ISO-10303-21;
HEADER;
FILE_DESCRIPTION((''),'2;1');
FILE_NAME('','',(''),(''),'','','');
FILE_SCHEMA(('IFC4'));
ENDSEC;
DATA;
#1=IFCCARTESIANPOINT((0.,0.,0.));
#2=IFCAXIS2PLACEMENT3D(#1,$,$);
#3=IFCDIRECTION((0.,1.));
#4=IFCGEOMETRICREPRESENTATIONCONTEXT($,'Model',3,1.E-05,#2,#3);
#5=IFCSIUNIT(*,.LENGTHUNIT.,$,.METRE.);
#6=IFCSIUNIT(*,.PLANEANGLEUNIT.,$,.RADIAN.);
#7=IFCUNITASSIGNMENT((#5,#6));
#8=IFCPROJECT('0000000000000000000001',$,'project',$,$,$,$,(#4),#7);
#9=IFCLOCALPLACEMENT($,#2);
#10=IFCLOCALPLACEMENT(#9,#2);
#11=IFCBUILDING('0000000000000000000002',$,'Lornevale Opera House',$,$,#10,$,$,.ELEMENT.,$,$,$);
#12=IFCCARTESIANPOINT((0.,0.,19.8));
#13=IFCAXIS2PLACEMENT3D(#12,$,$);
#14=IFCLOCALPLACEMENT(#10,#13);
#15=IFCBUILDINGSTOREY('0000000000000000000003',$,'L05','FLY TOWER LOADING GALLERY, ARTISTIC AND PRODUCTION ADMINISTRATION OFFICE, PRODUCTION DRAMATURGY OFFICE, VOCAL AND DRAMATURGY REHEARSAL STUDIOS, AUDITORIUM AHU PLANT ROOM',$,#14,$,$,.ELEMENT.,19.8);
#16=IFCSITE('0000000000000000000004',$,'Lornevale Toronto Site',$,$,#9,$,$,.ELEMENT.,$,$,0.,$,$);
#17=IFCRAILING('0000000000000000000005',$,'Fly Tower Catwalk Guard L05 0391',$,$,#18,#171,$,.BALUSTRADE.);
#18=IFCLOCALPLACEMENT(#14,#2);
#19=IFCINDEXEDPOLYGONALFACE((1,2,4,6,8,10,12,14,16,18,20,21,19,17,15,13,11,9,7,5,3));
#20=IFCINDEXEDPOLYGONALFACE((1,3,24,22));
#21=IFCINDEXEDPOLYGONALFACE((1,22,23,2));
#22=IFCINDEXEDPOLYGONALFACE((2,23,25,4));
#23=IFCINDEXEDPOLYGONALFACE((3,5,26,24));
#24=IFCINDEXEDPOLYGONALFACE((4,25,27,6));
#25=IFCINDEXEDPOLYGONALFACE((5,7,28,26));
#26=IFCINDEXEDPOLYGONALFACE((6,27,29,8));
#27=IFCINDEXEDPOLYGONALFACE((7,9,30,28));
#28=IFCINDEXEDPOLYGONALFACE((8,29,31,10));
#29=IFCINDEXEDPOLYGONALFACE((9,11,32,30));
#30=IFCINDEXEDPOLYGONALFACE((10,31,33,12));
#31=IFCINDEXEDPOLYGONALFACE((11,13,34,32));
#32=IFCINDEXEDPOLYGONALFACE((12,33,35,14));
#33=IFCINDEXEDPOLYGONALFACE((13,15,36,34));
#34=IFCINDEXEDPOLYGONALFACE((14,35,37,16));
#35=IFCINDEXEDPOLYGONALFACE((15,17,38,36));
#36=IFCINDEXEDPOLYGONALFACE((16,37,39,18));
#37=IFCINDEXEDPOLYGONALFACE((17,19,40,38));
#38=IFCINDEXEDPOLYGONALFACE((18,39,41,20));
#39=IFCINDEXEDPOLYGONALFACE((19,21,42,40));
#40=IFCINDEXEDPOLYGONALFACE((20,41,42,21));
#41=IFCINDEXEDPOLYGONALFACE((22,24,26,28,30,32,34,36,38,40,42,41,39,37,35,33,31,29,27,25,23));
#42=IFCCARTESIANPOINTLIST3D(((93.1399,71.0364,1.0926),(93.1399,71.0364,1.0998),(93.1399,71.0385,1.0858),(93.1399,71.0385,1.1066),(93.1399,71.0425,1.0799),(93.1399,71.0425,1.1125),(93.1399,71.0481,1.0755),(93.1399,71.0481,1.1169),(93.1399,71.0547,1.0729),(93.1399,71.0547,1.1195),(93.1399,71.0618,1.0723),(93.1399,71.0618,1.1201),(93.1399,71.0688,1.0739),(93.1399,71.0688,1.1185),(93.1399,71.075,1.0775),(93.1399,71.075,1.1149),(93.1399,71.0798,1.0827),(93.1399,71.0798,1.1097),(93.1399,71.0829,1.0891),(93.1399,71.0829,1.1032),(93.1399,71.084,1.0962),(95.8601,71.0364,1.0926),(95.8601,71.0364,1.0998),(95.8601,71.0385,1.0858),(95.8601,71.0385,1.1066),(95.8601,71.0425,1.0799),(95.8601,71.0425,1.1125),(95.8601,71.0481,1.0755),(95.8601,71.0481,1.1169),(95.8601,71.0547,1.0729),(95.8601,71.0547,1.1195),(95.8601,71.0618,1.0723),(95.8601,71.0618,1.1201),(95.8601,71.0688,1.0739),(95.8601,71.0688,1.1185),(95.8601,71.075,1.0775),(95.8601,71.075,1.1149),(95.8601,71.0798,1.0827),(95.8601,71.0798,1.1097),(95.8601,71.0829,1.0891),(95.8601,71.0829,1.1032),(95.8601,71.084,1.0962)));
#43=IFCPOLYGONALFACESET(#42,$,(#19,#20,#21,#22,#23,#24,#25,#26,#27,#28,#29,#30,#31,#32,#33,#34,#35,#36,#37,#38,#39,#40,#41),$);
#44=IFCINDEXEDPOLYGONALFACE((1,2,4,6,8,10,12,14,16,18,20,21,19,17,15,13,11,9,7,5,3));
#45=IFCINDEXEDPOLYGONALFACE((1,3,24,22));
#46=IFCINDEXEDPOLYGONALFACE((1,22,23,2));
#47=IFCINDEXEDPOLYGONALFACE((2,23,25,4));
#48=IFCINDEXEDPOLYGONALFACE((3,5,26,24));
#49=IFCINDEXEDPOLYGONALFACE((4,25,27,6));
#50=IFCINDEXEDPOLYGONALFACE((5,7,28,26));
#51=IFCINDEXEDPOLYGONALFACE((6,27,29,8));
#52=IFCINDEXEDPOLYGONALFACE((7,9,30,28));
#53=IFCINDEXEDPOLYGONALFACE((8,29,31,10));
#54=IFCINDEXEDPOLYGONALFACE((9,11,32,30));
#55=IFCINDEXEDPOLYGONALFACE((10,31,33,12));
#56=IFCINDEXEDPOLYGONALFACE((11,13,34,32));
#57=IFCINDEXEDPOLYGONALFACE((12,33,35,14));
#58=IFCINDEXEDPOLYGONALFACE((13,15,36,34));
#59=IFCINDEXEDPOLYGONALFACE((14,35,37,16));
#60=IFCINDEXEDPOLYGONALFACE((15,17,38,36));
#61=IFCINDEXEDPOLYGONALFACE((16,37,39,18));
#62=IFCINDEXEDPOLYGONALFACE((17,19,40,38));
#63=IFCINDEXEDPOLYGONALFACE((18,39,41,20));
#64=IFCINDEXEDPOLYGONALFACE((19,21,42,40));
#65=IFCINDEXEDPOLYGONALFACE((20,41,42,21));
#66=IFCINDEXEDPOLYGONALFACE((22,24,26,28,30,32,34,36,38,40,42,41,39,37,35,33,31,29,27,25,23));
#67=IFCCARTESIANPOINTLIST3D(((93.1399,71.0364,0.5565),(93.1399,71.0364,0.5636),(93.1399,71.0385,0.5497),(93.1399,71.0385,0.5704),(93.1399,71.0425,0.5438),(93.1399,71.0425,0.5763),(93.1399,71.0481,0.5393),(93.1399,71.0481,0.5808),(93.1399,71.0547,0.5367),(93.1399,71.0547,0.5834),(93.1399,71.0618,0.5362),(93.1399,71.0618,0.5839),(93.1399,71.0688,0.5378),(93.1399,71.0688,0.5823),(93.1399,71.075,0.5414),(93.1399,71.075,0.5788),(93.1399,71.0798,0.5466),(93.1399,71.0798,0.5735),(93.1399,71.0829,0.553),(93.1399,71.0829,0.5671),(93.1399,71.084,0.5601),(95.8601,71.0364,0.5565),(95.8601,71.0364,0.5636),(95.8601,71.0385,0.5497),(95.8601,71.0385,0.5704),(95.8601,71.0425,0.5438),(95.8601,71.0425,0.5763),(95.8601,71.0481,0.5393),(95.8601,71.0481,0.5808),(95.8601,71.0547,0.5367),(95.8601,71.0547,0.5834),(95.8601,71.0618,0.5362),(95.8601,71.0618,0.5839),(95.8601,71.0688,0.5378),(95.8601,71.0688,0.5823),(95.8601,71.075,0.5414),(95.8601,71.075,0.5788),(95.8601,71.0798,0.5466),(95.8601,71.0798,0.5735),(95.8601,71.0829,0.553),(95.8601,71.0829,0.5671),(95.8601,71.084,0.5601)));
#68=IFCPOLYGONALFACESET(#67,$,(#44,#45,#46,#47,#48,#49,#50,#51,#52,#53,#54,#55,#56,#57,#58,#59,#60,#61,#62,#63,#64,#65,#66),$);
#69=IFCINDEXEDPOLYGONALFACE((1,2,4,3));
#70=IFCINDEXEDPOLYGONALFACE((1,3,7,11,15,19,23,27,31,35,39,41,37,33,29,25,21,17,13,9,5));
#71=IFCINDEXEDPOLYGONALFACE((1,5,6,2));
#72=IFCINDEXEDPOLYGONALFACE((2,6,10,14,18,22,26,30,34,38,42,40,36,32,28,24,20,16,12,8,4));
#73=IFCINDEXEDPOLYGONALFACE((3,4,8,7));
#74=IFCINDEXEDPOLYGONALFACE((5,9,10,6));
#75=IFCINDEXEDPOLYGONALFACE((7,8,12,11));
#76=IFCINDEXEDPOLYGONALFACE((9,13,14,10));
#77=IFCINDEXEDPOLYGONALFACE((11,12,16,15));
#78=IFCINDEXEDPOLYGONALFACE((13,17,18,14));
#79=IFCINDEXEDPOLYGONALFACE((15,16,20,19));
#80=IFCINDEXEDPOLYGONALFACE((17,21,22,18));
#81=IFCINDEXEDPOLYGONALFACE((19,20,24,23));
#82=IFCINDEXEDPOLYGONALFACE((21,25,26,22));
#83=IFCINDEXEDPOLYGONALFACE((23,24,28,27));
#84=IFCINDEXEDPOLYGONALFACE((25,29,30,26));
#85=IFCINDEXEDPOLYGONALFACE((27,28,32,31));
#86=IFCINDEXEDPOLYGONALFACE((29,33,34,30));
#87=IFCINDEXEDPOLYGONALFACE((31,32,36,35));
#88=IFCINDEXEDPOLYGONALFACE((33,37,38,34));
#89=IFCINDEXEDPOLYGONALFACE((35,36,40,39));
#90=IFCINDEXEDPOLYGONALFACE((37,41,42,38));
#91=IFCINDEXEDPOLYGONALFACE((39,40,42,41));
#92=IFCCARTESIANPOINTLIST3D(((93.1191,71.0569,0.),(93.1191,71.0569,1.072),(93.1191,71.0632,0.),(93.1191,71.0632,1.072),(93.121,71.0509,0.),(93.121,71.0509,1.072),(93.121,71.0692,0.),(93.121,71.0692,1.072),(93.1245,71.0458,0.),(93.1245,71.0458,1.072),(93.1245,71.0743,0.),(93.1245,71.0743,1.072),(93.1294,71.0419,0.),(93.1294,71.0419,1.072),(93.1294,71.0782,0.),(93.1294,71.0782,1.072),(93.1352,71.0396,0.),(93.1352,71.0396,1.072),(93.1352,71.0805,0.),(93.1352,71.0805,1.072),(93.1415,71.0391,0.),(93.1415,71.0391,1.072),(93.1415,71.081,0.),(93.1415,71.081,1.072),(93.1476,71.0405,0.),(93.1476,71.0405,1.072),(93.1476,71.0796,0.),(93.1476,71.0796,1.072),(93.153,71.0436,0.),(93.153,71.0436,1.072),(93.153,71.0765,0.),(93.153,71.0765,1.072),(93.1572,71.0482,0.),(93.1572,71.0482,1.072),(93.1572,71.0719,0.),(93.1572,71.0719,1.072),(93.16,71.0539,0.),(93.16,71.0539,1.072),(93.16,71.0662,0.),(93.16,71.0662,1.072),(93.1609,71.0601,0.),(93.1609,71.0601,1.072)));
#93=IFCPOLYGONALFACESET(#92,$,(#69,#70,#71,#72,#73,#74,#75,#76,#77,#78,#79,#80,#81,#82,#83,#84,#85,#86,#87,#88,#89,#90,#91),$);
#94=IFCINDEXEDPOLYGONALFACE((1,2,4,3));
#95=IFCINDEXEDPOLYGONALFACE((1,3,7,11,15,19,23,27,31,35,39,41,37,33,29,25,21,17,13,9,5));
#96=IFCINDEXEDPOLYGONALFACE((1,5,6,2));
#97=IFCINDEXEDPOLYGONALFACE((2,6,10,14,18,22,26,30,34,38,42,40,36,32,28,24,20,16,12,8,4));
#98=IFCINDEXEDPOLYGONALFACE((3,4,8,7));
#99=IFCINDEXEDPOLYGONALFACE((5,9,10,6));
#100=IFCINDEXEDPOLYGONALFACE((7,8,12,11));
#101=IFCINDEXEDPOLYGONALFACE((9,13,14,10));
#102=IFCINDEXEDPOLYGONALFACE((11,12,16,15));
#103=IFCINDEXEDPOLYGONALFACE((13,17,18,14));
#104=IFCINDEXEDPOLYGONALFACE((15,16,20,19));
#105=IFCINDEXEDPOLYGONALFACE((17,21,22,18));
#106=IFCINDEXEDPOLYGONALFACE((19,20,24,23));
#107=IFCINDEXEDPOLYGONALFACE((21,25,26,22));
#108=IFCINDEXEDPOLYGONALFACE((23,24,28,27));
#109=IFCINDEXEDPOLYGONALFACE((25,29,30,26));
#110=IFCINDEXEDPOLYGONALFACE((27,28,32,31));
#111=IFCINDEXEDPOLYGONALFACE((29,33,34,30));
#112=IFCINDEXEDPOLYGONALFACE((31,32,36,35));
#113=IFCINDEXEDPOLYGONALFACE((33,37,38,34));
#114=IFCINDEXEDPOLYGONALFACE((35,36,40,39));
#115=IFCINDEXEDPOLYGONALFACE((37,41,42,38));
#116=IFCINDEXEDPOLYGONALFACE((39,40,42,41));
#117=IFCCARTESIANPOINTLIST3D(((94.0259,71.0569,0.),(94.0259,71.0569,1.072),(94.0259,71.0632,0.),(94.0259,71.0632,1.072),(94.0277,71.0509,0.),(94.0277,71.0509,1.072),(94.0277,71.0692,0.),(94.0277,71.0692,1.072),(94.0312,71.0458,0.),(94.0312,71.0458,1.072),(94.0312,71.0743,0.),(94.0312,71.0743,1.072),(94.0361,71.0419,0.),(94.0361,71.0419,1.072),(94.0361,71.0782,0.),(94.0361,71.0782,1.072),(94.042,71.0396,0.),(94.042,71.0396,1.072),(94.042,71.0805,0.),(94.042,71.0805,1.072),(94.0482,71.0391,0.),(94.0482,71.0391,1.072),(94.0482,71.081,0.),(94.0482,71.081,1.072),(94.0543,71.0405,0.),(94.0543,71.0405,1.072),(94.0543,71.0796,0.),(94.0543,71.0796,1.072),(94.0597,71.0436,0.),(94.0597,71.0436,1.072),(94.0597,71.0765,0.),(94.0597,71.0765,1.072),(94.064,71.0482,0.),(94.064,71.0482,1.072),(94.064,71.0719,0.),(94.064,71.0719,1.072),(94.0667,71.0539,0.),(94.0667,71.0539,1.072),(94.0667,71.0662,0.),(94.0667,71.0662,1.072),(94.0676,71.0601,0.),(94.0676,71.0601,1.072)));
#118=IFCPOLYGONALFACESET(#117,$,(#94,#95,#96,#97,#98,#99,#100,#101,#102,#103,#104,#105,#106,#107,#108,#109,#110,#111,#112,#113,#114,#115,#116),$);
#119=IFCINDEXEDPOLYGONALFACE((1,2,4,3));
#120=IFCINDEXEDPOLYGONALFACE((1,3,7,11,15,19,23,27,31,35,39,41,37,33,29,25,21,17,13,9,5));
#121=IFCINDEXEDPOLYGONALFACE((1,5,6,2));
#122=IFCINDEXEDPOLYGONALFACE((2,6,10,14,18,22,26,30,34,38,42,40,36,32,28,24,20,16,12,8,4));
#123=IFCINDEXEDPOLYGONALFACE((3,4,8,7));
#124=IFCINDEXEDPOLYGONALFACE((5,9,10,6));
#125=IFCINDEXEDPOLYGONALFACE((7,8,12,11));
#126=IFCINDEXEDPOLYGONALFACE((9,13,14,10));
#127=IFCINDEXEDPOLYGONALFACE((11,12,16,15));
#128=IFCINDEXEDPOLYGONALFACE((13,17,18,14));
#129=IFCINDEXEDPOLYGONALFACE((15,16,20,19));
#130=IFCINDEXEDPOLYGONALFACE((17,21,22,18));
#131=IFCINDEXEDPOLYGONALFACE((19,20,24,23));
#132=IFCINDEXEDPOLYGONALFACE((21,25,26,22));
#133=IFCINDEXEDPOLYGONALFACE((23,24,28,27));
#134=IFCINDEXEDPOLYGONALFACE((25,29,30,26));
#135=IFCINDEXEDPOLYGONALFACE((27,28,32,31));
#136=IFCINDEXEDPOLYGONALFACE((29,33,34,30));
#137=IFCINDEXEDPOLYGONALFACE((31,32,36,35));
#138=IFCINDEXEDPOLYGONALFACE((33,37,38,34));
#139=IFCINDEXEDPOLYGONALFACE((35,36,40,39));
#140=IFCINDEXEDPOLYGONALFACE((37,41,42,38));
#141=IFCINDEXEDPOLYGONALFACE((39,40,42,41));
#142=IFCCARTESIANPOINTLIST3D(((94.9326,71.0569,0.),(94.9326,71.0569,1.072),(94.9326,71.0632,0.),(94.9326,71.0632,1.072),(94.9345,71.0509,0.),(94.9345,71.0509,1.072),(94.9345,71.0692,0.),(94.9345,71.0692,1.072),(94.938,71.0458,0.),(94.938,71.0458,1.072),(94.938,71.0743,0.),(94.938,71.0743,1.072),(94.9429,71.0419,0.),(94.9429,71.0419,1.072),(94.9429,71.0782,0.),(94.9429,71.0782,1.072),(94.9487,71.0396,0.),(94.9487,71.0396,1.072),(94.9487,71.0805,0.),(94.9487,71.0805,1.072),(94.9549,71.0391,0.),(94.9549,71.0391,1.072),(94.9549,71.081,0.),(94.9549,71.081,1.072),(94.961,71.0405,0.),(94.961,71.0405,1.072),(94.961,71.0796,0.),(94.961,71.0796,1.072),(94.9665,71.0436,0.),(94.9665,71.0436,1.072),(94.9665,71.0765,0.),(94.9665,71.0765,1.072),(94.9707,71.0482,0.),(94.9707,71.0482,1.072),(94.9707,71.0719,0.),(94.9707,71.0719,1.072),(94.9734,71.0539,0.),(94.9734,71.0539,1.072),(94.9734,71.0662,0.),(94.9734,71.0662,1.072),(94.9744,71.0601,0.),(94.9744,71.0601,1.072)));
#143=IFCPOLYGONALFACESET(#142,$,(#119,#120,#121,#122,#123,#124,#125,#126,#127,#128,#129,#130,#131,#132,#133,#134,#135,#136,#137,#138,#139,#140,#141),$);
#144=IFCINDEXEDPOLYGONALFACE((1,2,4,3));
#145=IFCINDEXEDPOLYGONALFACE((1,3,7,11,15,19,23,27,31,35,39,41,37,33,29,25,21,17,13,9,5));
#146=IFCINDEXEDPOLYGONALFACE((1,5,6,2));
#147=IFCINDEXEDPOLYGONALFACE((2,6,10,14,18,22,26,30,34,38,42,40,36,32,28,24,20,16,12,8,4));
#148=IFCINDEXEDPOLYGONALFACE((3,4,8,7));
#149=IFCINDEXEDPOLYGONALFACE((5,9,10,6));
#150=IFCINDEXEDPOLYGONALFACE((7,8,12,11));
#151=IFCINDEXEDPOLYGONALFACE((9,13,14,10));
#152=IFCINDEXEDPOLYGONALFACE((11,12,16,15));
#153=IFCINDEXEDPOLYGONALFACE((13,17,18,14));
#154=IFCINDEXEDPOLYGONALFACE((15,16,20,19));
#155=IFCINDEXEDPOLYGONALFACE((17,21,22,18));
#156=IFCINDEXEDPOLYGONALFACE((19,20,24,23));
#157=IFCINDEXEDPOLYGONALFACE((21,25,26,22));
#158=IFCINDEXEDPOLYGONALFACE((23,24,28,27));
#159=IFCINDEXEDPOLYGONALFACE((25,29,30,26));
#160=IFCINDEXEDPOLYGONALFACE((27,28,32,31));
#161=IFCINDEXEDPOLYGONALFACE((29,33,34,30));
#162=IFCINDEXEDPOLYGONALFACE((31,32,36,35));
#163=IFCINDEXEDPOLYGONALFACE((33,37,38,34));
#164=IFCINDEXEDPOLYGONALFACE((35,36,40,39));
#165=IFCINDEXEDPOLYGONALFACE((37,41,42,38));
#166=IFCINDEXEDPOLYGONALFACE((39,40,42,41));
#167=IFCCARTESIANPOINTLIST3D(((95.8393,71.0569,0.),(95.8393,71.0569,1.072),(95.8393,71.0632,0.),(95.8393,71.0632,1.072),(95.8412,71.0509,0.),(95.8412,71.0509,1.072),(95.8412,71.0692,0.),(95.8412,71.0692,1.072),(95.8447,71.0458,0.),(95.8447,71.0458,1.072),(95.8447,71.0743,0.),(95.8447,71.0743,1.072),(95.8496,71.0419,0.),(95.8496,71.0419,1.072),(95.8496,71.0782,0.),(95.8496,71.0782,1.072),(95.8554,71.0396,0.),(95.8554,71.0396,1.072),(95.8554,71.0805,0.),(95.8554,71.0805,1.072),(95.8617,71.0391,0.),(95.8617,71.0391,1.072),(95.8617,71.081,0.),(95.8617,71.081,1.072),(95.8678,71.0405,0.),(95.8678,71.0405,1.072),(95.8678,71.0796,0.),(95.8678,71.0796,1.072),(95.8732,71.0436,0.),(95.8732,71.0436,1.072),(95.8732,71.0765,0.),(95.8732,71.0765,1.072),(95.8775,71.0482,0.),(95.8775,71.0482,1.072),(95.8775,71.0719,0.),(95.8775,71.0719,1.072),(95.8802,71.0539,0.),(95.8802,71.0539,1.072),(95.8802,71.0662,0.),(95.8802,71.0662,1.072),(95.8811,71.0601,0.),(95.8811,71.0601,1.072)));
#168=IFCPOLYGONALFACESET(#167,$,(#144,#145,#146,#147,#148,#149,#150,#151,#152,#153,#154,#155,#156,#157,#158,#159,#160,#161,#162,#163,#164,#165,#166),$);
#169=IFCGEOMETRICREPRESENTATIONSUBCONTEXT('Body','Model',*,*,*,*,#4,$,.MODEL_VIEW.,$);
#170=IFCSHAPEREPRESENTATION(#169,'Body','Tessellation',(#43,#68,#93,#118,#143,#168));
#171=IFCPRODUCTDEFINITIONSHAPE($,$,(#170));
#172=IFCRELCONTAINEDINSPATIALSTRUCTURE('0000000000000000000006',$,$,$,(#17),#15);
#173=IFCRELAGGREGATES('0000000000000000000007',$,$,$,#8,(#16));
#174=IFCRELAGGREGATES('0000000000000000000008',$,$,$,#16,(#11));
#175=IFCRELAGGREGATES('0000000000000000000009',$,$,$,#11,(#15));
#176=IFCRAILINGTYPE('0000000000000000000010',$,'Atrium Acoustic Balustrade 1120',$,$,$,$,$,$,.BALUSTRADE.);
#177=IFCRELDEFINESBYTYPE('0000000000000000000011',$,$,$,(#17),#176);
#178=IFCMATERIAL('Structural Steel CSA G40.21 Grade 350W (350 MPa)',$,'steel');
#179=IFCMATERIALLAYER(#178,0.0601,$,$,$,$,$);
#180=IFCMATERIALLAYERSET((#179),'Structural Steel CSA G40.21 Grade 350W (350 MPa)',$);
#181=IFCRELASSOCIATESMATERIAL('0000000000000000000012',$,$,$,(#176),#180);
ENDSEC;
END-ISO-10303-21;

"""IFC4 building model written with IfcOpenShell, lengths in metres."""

from ifc_helpers import new_model, si_unit, direction, frame, origin, origin_2d, place, context, subcontext, project, spatial, circle, extrude, material, layer, layer_set, type_object, element, save


model = new_model("IFC4")

# Units and contexts
model_context = context("Model", 3, precision=1e-05, world=origin(), true_north=direction((0.0, 1.0)))
body_context = subcontext(model_context, "Body", "Model", "MODEL_VIEW")
ifc_project = project(units=[si_unit("LENGTHUNIT", "METRE"), si_unit("PLANEANGLEUNIT", "RADIAN")], contexts=[model_context])

# Site, building, storey
site_placement = place(None, origin())
site = spatial("IfcSite", under=ifc_project, at=site_placement, Name="Lornevale Toronto Site", CompositionType="ELEMENT", RefElevation=0.0)
building_placement = place(site_placement, origin())
building = spatial("IfcBuilding", under=site, at=building_placement, Name="Lornevale Opera House", CompositionType="ELEMENT")
storey_placement = place(building_placement, frame((0.0, 0.0, 19.8)))
storey = spatial("IfcBuildingStorey", under=building, at=storey_placement, Name="L05", Description="FLY TOWER LOADING GALLERY, ARTISTIC AND PRODUCTION ADMINISTRATION OFFICE, PRODUCTION DRAMATURGY OFFICE, VOCAL AND DRAMATURGY REHEARSAL STUDIOS, AUDITORIUM AHU PLANT ROOM", CompositionType="ELEMENT", Elevation=19.8)

# Shared definitions
ifc_material_1 = material(Name="Structural Steel CSA G40.21 Grade 350W (350 MPa)", Category="steel")

# Railing
ifc_layer_1 = layer(ifc_material_1, 0.0601)
ifc_layer_set_1 = layer_set([ifc_layer_1], Name="Structural Steel CSA G40.21 Grade 350W (350 MPa)")
railing_type = type_object("IfcRailingType", Name="Atrium Acoustic Balustrade 1120", PredefinedType="BALUSTRADE", material=ifc_layer_set_1)
railing_1_placement = place(storey_placement, frame((93.1399, 71.0601, 0.0)))
element("IfcRailing", 1, at=railing_1_placement, inside=storey, type_object=railing_type, Name="Fly Tower Catwalk Guard L05 0391", PredefinedType="BALUSTRADE", context=body_context, shape_type="SweptSolid", body=[
    extrude(circle(Radius=0.0239, at=origin_2d()), frame((0.0, 0.0, 1.0962), z_axis=(1.0, 0.0, 0.0), x_axis=(0.0, 1.0, 0.0)), (0.0, 0.0, 1.0), 2.7202),
    extrude(circle(Radius=0.0239, at=origin_2d()), frame((0.0, 0.0, 0.5601), z_axis=(1.0, 0.0, 0.0), x_axis=(0.0, 1.0, 0.0)), (0.0, 0.0, 1.0), 2.7202),
    extrude(circle(Radius=0.021, at=origin_2d()), origin(), (0.0, 0.0, 1.0), 1.072),
    extrude(circle(Radius=0.021, at=origin_2d()), frame((0.9067, 0.0, 0.0)), (0.0, 0.0, 1.0), 1.072),
    extrude(circle(Radius=0.021, at=origin_2d()), frame((1.8135, 0.0, 0.0)), (0.0, 0.0, 1.0), 1.072),
    extrude(circle(Radius=0.021, at=origin_2d()), frame((2.7202, 0.0, 0.0)), (0.0, 0.0, 1.0), 1.072),
])

save(model, "model.ifc")
